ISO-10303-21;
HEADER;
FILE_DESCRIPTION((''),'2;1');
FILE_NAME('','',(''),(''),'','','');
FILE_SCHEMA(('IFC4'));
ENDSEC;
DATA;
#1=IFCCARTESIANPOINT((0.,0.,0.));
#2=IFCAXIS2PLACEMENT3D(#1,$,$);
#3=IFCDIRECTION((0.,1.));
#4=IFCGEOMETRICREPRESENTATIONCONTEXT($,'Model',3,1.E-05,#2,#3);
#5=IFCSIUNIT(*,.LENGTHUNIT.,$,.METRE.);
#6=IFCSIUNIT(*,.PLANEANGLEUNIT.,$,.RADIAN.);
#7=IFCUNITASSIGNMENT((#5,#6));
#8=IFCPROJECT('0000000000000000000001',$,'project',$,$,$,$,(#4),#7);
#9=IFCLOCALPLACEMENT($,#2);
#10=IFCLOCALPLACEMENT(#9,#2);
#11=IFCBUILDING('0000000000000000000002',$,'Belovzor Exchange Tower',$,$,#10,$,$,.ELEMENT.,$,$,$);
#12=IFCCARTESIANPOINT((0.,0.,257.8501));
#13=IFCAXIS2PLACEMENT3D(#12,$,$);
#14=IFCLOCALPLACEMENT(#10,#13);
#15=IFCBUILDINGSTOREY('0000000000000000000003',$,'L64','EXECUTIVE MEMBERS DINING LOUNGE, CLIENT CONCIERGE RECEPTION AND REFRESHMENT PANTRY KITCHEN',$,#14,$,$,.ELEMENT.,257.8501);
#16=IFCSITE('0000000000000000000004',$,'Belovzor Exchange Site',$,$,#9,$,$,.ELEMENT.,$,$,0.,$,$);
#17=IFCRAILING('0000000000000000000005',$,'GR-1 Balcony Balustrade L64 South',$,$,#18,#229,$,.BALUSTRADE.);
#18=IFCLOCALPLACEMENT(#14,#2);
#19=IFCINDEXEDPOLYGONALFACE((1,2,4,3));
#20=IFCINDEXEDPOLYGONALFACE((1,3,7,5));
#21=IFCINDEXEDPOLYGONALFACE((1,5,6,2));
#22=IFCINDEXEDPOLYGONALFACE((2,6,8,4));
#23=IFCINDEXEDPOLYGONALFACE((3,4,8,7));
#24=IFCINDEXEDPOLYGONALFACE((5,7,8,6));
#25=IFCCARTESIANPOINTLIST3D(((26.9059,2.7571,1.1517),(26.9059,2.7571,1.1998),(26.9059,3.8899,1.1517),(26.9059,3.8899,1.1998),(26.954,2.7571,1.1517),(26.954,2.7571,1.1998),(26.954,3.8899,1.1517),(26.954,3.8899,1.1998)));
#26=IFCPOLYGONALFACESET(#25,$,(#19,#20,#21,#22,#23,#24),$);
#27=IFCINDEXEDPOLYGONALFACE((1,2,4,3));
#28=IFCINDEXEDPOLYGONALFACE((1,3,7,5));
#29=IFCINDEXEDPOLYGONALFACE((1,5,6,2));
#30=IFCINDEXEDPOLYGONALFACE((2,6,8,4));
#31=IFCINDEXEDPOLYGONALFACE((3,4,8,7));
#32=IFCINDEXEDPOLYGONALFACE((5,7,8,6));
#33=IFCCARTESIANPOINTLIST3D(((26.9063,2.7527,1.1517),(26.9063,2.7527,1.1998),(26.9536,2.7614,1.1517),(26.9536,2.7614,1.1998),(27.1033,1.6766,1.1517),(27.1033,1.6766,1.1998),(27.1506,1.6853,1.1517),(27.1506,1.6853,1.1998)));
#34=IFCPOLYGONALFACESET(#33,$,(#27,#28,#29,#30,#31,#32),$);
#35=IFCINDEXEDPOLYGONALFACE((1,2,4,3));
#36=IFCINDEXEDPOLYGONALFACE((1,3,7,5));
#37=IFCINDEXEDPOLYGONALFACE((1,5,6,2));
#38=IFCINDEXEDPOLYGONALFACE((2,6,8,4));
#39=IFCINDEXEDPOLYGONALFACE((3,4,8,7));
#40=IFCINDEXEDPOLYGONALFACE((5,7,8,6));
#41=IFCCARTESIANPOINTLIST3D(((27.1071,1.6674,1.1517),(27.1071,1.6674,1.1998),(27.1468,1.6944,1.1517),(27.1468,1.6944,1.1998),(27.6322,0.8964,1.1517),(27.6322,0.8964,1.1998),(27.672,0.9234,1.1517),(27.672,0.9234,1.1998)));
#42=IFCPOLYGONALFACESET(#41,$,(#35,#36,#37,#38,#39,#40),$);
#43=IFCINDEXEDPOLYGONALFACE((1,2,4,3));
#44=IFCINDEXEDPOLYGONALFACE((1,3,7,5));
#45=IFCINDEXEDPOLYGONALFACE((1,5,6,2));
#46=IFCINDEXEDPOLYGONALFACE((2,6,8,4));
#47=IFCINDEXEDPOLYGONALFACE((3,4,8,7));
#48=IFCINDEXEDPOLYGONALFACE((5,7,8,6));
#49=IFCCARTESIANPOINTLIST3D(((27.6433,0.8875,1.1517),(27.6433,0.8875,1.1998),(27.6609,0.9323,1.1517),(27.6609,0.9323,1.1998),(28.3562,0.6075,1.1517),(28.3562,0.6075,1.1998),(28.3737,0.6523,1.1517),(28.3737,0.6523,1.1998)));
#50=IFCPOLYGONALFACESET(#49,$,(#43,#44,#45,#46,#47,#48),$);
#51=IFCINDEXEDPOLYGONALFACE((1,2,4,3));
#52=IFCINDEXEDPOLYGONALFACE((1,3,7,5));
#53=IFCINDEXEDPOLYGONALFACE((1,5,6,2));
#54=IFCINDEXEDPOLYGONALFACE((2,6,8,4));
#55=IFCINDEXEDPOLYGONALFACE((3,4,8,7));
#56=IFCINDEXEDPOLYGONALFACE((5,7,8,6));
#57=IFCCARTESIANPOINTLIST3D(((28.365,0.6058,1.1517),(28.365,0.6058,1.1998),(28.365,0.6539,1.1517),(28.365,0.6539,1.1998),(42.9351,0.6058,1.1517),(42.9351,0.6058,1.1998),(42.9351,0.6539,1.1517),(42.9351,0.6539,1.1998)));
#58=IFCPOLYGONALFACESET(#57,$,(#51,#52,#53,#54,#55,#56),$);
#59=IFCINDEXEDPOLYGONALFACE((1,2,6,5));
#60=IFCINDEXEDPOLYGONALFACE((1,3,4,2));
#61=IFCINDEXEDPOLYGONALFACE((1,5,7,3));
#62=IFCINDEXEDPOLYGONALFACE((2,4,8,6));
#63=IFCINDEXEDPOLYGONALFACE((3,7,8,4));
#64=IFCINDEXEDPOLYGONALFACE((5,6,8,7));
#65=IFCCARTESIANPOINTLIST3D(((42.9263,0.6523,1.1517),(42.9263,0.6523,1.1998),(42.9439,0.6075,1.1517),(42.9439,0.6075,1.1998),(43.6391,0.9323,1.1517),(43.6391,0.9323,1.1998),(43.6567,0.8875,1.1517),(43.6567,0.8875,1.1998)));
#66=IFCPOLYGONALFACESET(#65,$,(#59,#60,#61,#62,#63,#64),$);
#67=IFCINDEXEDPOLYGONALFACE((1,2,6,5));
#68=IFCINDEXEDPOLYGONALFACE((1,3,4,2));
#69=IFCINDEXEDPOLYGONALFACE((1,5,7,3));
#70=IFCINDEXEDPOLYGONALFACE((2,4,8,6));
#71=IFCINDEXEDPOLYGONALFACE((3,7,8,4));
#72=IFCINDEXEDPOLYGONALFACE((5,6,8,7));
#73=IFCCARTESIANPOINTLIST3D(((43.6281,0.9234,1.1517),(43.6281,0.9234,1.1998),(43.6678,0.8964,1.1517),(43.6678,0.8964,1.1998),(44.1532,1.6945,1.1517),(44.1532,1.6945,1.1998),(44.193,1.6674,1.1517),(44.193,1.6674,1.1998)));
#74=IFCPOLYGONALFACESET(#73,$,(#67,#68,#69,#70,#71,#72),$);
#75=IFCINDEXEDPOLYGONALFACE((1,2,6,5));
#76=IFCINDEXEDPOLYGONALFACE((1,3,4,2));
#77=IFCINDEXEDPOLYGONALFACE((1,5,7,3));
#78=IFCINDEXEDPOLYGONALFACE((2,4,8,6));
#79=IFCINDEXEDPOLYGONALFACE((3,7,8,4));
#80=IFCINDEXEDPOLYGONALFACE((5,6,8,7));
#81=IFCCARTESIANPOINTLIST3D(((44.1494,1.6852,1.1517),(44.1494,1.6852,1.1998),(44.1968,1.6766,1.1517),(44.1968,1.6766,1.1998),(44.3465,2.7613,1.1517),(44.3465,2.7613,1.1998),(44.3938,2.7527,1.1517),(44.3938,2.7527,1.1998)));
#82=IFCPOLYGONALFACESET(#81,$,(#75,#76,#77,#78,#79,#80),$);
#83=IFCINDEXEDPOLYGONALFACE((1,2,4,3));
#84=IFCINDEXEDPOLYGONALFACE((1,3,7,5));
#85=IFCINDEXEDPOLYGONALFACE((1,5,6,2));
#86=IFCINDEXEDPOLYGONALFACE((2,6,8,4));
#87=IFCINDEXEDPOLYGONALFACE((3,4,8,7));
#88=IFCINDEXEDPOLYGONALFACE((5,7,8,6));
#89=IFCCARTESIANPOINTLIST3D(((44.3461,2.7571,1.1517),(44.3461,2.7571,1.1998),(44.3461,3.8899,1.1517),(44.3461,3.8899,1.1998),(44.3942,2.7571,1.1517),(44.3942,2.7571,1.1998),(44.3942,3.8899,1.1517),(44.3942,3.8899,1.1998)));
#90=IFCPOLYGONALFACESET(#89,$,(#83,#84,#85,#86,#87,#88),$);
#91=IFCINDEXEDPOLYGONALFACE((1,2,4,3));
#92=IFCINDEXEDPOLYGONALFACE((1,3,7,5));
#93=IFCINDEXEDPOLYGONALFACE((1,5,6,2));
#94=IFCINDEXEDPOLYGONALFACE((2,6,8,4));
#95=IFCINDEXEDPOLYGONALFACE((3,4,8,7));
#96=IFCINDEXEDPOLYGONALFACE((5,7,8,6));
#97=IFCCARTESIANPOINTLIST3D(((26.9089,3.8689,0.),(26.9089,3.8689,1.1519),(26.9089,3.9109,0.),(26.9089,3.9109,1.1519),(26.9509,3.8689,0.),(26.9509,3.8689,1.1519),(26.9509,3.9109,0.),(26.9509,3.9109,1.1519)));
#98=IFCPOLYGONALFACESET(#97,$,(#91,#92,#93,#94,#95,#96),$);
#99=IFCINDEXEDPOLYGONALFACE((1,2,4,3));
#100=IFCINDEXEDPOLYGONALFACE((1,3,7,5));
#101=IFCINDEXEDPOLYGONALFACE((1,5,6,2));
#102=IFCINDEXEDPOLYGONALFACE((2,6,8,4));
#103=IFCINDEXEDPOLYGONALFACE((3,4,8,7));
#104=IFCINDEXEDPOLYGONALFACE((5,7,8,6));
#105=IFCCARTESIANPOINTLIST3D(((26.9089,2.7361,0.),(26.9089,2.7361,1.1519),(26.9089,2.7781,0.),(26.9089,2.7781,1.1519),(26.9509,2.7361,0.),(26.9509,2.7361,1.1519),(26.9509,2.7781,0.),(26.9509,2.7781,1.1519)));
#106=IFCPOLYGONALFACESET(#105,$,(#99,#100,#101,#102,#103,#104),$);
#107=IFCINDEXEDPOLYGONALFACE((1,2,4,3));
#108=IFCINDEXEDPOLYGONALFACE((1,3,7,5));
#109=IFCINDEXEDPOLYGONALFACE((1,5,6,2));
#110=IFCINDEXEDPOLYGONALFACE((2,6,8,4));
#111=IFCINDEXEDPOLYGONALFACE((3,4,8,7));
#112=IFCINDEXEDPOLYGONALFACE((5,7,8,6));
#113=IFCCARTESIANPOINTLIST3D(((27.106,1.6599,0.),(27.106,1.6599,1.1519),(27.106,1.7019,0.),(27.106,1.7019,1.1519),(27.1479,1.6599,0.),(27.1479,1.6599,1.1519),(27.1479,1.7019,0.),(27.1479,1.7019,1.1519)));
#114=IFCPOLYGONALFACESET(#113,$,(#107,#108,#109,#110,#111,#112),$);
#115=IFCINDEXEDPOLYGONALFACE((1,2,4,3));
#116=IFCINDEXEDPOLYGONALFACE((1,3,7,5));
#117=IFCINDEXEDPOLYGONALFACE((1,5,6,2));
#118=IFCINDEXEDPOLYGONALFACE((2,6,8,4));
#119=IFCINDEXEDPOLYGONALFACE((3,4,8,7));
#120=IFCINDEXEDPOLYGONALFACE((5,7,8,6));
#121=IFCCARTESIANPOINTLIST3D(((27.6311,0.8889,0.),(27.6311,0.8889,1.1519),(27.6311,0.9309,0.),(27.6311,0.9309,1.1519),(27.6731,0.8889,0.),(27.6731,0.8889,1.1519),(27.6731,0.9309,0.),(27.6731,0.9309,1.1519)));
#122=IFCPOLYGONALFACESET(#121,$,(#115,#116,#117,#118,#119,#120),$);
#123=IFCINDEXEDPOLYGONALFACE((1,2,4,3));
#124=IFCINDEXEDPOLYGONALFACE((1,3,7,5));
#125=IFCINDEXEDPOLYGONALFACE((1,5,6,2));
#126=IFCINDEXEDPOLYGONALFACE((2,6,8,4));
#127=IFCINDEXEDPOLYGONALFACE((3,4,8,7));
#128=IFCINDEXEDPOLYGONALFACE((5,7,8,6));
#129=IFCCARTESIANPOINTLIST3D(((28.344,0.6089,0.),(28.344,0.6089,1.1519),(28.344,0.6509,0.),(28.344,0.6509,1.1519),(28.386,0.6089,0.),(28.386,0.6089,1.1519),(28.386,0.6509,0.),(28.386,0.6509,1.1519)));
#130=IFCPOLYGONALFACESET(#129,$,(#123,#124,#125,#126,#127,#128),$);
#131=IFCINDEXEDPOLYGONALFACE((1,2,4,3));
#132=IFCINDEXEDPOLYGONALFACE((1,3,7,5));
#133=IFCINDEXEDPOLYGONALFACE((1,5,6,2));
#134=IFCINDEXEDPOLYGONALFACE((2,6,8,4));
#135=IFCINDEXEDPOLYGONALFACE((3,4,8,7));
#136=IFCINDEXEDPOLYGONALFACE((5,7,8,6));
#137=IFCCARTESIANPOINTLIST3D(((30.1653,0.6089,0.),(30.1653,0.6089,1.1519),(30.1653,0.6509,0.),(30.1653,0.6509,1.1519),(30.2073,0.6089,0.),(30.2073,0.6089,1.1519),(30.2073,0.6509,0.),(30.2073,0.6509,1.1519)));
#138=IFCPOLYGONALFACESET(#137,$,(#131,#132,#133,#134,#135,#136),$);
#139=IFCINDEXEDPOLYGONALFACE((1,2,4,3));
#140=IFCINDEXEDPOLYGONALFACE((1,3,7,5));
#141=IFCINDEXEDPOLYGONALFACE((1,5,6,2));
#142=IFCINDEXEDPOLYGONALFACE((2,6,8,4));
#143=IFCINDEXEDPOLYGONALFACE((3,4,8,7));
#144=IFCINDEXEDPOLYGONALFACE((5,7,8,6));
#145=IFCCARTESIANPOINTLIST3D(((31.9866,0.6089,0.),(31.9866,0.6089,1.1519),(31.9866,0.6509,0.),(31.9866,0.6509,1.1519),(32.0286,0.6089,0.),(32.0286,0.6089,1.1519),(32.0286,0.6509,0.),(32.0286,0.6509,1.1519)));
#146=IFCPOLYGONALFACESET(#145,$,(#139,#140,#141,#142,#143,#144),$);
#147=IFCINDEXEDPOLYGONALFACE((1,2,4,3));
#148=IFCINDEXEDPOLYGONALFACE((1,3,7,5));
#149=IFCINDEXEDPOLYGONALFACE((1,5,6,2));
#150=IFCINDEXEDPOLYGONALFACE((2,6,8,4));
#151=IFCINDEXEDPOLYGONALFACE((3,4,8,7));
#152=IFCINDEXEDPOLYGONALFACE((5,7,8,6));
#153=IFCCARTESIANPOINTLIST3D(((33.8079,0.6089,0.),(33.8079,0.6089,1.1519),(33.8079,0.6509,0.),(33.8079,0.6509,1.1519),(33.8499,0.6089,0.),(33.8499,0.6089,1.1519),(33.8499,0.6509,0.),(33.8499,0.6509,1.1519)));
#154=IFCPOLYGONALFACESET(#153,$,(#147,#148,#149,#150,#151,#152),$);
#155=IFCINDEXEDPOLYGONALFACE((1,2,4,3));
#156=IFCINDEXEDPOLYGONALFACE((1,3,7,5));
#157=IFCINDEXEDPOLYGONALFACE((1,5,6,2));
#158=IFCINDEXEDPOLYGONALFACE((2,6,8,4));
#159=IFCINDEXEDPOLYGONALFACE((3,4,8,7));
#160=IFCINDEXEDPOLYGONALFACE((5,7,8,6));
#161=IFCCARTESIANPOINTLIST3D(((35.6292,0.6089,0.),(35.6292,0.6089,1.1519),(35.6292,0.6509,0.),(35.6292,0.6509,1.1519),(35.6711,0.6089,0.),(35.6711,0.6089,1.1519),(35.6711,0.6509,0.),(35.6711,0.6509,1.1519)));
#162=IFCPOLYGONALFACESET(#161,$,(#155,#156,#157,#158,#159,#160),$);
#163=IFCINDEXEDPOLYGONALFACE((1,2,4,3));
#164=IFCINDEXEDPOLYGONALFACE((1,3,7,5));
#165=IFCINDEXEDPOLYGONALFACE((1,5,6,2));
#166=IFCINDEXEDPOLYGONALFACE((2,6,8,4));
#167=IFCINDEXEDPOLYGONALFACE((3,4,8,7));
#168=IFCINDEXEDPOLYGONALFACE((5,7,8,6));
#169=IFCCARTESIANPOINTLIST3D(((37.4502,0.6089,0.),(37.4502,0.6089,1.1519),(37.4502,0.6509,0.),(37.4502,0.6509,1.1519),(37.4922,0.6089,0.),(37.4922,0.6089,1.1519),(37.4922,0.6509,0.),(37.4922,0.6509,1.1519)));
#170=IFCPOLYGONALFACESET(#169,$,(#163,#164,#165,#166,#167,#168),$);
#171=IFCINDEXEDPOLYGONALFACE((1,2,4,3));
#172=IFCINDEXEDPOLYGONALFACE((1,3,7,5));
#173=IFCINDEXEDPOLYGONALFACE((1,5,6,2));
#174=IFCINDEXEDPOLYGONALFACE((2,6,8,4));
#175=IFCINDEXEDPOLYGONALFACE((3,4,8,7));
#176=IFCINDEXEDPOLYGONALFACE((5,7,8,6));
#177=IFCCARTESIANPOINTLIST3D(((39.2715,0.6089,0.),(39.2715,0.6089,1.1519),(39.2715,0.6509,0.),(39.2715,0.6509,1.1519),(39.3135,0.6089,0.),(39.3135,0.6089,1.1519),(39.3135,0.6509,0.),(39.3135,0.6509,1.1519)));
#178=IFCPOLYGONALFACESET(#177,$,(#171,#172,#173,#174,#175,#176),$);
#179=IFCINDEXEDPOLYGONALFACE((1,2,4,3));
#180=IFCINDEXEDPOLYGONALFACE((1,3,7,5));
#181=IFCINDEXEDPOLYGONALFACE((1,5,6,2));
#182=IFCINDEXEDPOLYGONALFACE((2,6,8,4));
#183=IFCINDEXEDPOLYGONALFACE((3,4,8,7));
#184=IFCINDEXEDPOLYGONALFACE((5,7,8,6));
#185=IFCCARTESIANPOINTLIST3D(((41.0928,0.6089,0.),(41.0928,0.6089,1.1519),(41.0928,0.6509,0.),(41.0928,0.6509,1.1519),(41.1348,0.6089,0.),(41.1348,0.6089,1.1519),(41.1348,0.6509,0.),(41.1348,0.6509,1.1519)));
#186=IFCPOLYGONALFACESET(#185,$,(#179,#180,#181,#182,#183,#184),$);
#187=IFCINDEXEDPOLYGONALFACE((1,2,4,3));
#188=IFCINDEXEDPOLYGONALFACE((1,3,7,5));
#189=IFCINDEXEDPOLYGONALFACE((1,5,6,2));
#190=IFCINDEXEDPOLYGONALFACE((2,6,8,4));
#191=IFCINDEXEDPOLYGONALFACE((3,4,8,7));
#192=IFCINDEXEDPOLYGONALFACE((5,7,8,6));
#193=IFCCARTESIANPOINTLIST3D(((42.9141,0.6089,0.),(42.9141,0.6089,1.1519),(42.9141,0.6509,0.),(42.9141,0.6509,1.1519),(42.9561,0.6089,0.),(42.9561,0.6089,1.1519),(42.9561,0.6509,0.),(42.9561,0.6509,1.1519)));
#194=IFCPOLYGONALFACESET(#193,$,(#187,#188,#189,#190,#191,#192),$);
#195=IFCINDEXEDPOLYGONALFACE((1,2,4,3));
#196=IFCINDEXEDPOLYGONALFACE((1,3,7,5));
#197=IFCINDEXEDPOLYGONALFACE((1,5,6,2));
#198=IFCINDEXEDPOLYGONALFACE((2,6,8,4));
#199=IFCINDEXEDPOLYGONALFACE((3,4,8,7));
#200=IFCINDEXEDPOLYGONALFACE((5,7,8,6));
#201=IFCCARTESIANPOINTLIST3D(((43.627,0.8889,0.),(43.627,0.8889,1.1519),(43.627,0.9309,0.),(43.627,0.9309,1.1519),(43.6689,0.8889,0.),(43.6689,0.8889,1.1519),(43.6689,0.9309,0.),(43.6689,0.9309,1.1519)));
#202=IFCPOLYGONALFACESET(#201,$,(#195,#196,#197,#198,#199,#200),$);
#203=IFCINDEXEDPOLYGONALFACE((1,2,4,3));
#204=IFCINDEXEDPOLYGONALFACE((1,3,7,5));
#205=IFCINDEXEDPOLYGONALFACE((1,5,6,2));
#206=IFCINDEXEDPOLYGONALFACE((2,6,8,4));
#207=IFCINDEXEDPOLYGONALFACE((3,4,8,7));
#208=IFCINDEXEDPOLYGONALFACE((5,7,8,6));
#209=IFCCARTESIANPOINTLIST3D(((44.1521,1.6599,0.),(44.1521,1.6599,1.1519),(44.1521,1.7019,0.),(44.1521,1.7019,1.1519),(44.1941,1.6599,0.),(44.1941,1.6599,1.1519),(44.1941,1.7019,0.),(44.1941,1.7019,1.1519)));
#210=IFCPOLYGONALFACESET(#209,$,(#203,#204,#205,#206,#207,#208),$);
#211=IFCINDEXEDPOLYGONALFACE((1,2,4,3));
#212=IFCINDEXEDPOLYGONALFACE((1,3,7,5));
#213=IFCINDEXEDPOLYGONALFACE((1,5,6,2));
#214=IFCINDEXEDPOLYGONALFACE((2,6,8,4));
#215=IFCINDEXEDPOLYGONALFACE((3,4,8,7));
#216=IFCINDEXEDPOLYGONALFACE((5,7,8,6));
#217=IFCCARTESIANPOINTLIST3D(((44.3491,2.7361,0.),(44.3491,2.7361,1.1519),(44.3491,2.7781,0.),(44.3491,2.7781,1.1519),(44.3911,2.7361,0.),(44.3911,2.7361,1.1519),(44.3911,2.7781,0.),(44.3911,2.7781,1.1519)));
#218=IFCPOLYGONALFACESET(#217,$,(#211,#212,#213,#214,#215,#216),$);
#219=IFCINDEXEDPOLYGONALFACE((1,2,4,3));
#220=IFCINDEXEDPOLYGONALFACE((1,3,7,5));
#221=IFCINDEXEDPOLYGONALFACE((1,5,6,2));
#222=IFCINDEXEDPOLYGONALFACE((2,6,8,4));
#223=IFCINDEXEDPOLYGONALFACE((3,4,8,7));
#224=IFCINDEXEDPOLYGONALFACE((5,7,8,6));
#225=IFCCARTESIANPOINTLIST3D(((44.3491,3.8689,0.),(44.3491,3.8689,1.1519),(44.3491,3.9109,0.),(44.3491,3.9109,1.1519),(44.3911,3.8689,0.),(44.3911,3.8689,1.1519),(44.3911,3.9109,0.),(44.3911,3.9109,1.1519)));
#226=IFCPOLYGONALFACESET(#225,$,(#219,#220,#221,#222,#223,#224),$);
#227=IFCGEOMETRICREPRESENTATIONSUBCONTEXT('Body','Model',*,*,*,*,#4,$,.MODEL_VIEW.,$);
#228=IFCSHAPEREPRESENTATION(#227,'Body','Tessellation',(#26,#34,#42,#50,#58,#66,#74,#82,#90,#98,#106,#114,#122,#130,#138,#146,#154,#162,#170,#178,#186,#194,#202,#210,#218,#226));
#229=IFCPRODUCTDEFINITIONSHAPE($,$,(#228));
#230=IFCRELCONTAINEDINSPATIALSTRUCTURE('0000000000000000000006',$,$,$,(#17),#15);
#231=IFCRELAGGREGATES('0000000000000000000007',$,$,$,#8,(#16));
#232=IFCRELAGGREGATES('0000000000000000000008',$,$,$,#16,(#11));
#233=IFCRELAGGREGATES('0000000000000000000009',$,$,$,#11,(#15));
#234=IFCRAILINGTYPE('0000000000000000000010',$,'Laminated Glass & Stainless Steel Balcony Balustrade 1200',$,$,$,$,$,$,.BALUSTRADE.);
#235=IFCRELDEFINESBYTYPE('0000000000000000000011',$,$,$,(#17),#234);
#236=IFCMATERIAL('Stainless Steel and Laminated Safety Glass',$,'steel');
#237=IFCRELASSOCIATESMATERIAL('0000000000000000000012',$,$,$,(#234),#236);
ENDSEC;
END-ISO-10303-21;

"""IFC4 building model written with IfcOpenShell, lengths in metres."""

from ifc_helpers import new_model, si_unit, direction, frame, origin, origin_2d, place, context, subcontext, project, spatial, rectangle, extrude, material, type_object, element, save


model = new_model("IFC4")

# Units and contexts
model_context = context("Model", 3, precision=1e-05, world=origin(), true_north=direction((0.0, 1.0)))
body_context = subcontext(model_context, "Body", "Model", "MODEL_VIEW")
ifc_project = project(units=[si_unit("LENGTHUNIT", "METRE"), si_unit("PLANEANGLEUNIT", "RADIAN")], contexts=[model_context])

# Site, building, storey
site_placement = place(None, origin())
site = spatial("IfcSite", under=ifc_project, at=site_placement, Name="Belovzor Exchange Site", CompositionType="ELEMENT", RefElevation=0.0)
building_placement = place(site_placement, origin())
building = spatial("IfcBuilding", under=site, at=building_placement, Name="Belovzor Exchange Tower", CompositionType="ELEMENT")
storey_placement = place(building_placement, frame((0.0, 0.0, 257.8501)))
storey = spatial("IfcBuildingStorey", under=building, at=storey_placement, Name="L64", Description="EXECUTIVE MEMBERS DINING LOUNGE, CLIENT CONCIERGE RECEPTION AND REFRESHMENT PANTRY KITCHEN", CompositionType="ELEMENT", Elevation=257.8501)

# Railing
ifc_material_1 = material(Name="Stainless Steel and Laminated Safety Glass", Category="steel")
railing_type = type_object("IfcRailingType", Name="Laminated Glass & Stainless Steel Balcony Balustrade 1200", PredefinedType="BALUSTRADE", material=ifc_material_1)
railing_placement = place(storey_placement, frame((26.9299, 3.8899, 0.0)))
element("IfcRailing", 1, at=railing_placement, inside=storey, type_object=railing_type, Name="GR-1 Balcony Balustrade L64 South", PredefinedType="BALUSTRADE", context=body_context, shape_type="SweptSolid", body=[
    extrude(rectangle(XDim=0.0481, YDim=0.0481, at=origin_2d()), frame((0.0, 0.0, 1.1758), z_axis=(0.0, -1.0, 0.0), x_axis=(1.0, 0.0, 0.0)), (0.0, 0.0, 1.0), 1.1328),
    extrude(rectangle(XDim=0.0481, YDim=0.0481, at=origin_2d()), frame((0.0, -1.1328, 1.1758), z_axis=(0.180083, -0.983651, 0.0), x_axis=(0.983651, 0.180083, 0.0)), (0.0, 0.0, 1.0), 1.094),
    extrude(rectangle(XDim=0.0481, YDim=0.0481, at=origin_2d()), frame((0.197, -2.209, 1.1758), z_axis=(0.562947, -0.826493, 0.0), x_axis=(0.826493, 0.562947, 0.0)), (0.0, 0.0, 1.0), 0.9329),
    extrude(rectangle(XDim=0.0481, YDim=0.0481, at=origin_2d()), frame((0.7222, -2.98, 1.1758), z_axis=(0.930767, -0.365613, 0.0), x_axis=(0.365613, 0.930767, 0.0)), (0.0, 0.0, 1.0), 0.7659),
    extrude(rectangle(XDim=0.0481, YDim=0.0481, at=origin_2d()), frame((1.4351, -3.26, 1.1758), z_axis=(1.0, 0.0, 0.0), x_axis=(0.0, 1.0, 0.0)), (0.0, 0.0, 1.0), 14.5701),
    extrude(rectangle(XDim=0.0481, YDim=0.0481, at=origin_2d()), frame((16.0051, -3.26, 1.1758), z_axis=(0.930767, 0.365613, 0.0), x_axis=(-0.365613, 0.930767, 0.0)), (0.0, 0.0, 1.0), 0.7659),
    extrude(rectangle(XDim=0.0481, YDim=0.0481, at=origin_2d()), frame((16.718, -2.98, 1.1758), z_axis=(0.562947, 0.826493, 0.0), x_axis=(-0.826493, 0.562947, 0.0)), (0.0, 0.0, 1.0), 0.9329),
    extrude(rectangle(XDim=0.0481, YDim=0.0481, at=origin_2d()), frame((17.2432, -2.209, 1.1758), z_axis=(0.180083, 0.983651, 0.0), x_axis=(-0.983651, 0.180083, 0.0)), (0.0, 0.0, 1.0), 1.094),
    extrude(rectangle(XDim=0.0481, YDim=0.0481, at=origin_2d()), frame((17.4402, -1.1328, 1.1758), z_axis=(0.0, 1.0, 0.0), x_axis=(-1.0, 0.0, 0.0)), (0.0, 0.0, 1.0), 1.1328),
    extrude(rectangle(XDim=0.042, YDim=0.042, at=origin_2d()), origin(), (0.0, 0.0, 1.0), 1.1519),
    extrude(rectangle(XDim=0.042, YDim=0.042, at=origin_2d()), frame((0.0, -1.1328, 0.0)), (0.0, 0.0, 1.0), 1.1519),
    extrude(rectangle(XDim=0.042, YDim=0.042, at=origin_2d()), frame((0.197, -2.209, 0.0)), (0.0, 0.0, 1.0), 1.1519),
    extrude(rectangle(XDim=0.042, YDim=0.042, at=origin_2d()), frame((0.7222, -2.98, 0.0)), (0.0, 0.0, 1.0), 1.1519),
    extrude(rectangle(XDim=0.042, YDim=0.042, at=origin_2d()), frame((1.4351, -3.26, 0.0)), (0.0, 0.0, 1.0), 1.1519),
    extrude(rectangle(XDim=0.042, YDim=0.042, at=origin_2d()), frame((3.2563, -3.26, 0.0)), (0.0, 0.0, 1.0), 1.1519),
    extrude(rectangle(XDim=0.042, YDim=0.042, at=origin_2d()), frame((5.0776, -3.26, 0.0)), (0.0, 0.0, 1.0), 1.1519),
    extrude(rectangle(XDim=0.042, YDim=0.042, at=origin_2d()), frame((6.8989, -3.26, 0.0)), (0.0, 0.0, 1.0), 1.1519),
    extrude(rectangle(XDim=0.042, YDim=0.042, at=origin_2d()), frame((8.7202, -3.26, 0.0)), (0.0, 0.0, 1.0), 1.1519),
    extrude(rectangle(XDim=0.042, YDim=0.042, at=origin_2d()), frame((10.5413, -3.26, 0.0)), (0.0, 0.0, 1.0), 1.1519),
    extrude(rectangle(XDim=0.042, YDim=0.042, at=origin_2d()), frame((12.3625, -3.26, 0.0)), (0.0, 0.0, 1.0), 1.1519),
    extrude(rectangle(XDim=0.042, YDim=0.042, at=origin_2d()), frame((14.1838, -3.26, 0.0)), (0.0, 0.0, 1.0), 1.1519),
    extrude(rectangle(XDim=0.042, YDim=0.042, at=origin_2d()), frame((16.0051, -3.26, 0.0)), (0.0, 0.0, 1.0), 1.1519),
    extrude(rectangle(XDim=0.042, YDim=0.042, at=origin_2d()), frame((16.718, -2.98, 0.0)), (0.0, 0.0, 1.0), 1.1519),
    extrude(rectangle(XDim=0.042, YDim=0.042, at=origin_2d()), frame((17.2432, -2.209, 0.0)), (0.0, 0.0, 1.0), 1.1519),
    extrude(rectangle(XDim=0.042, YDim=0.042, at=origin_2d()), frame((17.4402, -1.1328, 0.0)), (0.0, 0.0, 1.0), 1.1519),
    extrude(rectangle(XDim=0.042, YDim=0.042, at=origin_2d()), frame((17.4402, 0.0, 0.0)), (0.0, 0.0, 1.0), 1.1519),
])

save(model, "model.ifc")
